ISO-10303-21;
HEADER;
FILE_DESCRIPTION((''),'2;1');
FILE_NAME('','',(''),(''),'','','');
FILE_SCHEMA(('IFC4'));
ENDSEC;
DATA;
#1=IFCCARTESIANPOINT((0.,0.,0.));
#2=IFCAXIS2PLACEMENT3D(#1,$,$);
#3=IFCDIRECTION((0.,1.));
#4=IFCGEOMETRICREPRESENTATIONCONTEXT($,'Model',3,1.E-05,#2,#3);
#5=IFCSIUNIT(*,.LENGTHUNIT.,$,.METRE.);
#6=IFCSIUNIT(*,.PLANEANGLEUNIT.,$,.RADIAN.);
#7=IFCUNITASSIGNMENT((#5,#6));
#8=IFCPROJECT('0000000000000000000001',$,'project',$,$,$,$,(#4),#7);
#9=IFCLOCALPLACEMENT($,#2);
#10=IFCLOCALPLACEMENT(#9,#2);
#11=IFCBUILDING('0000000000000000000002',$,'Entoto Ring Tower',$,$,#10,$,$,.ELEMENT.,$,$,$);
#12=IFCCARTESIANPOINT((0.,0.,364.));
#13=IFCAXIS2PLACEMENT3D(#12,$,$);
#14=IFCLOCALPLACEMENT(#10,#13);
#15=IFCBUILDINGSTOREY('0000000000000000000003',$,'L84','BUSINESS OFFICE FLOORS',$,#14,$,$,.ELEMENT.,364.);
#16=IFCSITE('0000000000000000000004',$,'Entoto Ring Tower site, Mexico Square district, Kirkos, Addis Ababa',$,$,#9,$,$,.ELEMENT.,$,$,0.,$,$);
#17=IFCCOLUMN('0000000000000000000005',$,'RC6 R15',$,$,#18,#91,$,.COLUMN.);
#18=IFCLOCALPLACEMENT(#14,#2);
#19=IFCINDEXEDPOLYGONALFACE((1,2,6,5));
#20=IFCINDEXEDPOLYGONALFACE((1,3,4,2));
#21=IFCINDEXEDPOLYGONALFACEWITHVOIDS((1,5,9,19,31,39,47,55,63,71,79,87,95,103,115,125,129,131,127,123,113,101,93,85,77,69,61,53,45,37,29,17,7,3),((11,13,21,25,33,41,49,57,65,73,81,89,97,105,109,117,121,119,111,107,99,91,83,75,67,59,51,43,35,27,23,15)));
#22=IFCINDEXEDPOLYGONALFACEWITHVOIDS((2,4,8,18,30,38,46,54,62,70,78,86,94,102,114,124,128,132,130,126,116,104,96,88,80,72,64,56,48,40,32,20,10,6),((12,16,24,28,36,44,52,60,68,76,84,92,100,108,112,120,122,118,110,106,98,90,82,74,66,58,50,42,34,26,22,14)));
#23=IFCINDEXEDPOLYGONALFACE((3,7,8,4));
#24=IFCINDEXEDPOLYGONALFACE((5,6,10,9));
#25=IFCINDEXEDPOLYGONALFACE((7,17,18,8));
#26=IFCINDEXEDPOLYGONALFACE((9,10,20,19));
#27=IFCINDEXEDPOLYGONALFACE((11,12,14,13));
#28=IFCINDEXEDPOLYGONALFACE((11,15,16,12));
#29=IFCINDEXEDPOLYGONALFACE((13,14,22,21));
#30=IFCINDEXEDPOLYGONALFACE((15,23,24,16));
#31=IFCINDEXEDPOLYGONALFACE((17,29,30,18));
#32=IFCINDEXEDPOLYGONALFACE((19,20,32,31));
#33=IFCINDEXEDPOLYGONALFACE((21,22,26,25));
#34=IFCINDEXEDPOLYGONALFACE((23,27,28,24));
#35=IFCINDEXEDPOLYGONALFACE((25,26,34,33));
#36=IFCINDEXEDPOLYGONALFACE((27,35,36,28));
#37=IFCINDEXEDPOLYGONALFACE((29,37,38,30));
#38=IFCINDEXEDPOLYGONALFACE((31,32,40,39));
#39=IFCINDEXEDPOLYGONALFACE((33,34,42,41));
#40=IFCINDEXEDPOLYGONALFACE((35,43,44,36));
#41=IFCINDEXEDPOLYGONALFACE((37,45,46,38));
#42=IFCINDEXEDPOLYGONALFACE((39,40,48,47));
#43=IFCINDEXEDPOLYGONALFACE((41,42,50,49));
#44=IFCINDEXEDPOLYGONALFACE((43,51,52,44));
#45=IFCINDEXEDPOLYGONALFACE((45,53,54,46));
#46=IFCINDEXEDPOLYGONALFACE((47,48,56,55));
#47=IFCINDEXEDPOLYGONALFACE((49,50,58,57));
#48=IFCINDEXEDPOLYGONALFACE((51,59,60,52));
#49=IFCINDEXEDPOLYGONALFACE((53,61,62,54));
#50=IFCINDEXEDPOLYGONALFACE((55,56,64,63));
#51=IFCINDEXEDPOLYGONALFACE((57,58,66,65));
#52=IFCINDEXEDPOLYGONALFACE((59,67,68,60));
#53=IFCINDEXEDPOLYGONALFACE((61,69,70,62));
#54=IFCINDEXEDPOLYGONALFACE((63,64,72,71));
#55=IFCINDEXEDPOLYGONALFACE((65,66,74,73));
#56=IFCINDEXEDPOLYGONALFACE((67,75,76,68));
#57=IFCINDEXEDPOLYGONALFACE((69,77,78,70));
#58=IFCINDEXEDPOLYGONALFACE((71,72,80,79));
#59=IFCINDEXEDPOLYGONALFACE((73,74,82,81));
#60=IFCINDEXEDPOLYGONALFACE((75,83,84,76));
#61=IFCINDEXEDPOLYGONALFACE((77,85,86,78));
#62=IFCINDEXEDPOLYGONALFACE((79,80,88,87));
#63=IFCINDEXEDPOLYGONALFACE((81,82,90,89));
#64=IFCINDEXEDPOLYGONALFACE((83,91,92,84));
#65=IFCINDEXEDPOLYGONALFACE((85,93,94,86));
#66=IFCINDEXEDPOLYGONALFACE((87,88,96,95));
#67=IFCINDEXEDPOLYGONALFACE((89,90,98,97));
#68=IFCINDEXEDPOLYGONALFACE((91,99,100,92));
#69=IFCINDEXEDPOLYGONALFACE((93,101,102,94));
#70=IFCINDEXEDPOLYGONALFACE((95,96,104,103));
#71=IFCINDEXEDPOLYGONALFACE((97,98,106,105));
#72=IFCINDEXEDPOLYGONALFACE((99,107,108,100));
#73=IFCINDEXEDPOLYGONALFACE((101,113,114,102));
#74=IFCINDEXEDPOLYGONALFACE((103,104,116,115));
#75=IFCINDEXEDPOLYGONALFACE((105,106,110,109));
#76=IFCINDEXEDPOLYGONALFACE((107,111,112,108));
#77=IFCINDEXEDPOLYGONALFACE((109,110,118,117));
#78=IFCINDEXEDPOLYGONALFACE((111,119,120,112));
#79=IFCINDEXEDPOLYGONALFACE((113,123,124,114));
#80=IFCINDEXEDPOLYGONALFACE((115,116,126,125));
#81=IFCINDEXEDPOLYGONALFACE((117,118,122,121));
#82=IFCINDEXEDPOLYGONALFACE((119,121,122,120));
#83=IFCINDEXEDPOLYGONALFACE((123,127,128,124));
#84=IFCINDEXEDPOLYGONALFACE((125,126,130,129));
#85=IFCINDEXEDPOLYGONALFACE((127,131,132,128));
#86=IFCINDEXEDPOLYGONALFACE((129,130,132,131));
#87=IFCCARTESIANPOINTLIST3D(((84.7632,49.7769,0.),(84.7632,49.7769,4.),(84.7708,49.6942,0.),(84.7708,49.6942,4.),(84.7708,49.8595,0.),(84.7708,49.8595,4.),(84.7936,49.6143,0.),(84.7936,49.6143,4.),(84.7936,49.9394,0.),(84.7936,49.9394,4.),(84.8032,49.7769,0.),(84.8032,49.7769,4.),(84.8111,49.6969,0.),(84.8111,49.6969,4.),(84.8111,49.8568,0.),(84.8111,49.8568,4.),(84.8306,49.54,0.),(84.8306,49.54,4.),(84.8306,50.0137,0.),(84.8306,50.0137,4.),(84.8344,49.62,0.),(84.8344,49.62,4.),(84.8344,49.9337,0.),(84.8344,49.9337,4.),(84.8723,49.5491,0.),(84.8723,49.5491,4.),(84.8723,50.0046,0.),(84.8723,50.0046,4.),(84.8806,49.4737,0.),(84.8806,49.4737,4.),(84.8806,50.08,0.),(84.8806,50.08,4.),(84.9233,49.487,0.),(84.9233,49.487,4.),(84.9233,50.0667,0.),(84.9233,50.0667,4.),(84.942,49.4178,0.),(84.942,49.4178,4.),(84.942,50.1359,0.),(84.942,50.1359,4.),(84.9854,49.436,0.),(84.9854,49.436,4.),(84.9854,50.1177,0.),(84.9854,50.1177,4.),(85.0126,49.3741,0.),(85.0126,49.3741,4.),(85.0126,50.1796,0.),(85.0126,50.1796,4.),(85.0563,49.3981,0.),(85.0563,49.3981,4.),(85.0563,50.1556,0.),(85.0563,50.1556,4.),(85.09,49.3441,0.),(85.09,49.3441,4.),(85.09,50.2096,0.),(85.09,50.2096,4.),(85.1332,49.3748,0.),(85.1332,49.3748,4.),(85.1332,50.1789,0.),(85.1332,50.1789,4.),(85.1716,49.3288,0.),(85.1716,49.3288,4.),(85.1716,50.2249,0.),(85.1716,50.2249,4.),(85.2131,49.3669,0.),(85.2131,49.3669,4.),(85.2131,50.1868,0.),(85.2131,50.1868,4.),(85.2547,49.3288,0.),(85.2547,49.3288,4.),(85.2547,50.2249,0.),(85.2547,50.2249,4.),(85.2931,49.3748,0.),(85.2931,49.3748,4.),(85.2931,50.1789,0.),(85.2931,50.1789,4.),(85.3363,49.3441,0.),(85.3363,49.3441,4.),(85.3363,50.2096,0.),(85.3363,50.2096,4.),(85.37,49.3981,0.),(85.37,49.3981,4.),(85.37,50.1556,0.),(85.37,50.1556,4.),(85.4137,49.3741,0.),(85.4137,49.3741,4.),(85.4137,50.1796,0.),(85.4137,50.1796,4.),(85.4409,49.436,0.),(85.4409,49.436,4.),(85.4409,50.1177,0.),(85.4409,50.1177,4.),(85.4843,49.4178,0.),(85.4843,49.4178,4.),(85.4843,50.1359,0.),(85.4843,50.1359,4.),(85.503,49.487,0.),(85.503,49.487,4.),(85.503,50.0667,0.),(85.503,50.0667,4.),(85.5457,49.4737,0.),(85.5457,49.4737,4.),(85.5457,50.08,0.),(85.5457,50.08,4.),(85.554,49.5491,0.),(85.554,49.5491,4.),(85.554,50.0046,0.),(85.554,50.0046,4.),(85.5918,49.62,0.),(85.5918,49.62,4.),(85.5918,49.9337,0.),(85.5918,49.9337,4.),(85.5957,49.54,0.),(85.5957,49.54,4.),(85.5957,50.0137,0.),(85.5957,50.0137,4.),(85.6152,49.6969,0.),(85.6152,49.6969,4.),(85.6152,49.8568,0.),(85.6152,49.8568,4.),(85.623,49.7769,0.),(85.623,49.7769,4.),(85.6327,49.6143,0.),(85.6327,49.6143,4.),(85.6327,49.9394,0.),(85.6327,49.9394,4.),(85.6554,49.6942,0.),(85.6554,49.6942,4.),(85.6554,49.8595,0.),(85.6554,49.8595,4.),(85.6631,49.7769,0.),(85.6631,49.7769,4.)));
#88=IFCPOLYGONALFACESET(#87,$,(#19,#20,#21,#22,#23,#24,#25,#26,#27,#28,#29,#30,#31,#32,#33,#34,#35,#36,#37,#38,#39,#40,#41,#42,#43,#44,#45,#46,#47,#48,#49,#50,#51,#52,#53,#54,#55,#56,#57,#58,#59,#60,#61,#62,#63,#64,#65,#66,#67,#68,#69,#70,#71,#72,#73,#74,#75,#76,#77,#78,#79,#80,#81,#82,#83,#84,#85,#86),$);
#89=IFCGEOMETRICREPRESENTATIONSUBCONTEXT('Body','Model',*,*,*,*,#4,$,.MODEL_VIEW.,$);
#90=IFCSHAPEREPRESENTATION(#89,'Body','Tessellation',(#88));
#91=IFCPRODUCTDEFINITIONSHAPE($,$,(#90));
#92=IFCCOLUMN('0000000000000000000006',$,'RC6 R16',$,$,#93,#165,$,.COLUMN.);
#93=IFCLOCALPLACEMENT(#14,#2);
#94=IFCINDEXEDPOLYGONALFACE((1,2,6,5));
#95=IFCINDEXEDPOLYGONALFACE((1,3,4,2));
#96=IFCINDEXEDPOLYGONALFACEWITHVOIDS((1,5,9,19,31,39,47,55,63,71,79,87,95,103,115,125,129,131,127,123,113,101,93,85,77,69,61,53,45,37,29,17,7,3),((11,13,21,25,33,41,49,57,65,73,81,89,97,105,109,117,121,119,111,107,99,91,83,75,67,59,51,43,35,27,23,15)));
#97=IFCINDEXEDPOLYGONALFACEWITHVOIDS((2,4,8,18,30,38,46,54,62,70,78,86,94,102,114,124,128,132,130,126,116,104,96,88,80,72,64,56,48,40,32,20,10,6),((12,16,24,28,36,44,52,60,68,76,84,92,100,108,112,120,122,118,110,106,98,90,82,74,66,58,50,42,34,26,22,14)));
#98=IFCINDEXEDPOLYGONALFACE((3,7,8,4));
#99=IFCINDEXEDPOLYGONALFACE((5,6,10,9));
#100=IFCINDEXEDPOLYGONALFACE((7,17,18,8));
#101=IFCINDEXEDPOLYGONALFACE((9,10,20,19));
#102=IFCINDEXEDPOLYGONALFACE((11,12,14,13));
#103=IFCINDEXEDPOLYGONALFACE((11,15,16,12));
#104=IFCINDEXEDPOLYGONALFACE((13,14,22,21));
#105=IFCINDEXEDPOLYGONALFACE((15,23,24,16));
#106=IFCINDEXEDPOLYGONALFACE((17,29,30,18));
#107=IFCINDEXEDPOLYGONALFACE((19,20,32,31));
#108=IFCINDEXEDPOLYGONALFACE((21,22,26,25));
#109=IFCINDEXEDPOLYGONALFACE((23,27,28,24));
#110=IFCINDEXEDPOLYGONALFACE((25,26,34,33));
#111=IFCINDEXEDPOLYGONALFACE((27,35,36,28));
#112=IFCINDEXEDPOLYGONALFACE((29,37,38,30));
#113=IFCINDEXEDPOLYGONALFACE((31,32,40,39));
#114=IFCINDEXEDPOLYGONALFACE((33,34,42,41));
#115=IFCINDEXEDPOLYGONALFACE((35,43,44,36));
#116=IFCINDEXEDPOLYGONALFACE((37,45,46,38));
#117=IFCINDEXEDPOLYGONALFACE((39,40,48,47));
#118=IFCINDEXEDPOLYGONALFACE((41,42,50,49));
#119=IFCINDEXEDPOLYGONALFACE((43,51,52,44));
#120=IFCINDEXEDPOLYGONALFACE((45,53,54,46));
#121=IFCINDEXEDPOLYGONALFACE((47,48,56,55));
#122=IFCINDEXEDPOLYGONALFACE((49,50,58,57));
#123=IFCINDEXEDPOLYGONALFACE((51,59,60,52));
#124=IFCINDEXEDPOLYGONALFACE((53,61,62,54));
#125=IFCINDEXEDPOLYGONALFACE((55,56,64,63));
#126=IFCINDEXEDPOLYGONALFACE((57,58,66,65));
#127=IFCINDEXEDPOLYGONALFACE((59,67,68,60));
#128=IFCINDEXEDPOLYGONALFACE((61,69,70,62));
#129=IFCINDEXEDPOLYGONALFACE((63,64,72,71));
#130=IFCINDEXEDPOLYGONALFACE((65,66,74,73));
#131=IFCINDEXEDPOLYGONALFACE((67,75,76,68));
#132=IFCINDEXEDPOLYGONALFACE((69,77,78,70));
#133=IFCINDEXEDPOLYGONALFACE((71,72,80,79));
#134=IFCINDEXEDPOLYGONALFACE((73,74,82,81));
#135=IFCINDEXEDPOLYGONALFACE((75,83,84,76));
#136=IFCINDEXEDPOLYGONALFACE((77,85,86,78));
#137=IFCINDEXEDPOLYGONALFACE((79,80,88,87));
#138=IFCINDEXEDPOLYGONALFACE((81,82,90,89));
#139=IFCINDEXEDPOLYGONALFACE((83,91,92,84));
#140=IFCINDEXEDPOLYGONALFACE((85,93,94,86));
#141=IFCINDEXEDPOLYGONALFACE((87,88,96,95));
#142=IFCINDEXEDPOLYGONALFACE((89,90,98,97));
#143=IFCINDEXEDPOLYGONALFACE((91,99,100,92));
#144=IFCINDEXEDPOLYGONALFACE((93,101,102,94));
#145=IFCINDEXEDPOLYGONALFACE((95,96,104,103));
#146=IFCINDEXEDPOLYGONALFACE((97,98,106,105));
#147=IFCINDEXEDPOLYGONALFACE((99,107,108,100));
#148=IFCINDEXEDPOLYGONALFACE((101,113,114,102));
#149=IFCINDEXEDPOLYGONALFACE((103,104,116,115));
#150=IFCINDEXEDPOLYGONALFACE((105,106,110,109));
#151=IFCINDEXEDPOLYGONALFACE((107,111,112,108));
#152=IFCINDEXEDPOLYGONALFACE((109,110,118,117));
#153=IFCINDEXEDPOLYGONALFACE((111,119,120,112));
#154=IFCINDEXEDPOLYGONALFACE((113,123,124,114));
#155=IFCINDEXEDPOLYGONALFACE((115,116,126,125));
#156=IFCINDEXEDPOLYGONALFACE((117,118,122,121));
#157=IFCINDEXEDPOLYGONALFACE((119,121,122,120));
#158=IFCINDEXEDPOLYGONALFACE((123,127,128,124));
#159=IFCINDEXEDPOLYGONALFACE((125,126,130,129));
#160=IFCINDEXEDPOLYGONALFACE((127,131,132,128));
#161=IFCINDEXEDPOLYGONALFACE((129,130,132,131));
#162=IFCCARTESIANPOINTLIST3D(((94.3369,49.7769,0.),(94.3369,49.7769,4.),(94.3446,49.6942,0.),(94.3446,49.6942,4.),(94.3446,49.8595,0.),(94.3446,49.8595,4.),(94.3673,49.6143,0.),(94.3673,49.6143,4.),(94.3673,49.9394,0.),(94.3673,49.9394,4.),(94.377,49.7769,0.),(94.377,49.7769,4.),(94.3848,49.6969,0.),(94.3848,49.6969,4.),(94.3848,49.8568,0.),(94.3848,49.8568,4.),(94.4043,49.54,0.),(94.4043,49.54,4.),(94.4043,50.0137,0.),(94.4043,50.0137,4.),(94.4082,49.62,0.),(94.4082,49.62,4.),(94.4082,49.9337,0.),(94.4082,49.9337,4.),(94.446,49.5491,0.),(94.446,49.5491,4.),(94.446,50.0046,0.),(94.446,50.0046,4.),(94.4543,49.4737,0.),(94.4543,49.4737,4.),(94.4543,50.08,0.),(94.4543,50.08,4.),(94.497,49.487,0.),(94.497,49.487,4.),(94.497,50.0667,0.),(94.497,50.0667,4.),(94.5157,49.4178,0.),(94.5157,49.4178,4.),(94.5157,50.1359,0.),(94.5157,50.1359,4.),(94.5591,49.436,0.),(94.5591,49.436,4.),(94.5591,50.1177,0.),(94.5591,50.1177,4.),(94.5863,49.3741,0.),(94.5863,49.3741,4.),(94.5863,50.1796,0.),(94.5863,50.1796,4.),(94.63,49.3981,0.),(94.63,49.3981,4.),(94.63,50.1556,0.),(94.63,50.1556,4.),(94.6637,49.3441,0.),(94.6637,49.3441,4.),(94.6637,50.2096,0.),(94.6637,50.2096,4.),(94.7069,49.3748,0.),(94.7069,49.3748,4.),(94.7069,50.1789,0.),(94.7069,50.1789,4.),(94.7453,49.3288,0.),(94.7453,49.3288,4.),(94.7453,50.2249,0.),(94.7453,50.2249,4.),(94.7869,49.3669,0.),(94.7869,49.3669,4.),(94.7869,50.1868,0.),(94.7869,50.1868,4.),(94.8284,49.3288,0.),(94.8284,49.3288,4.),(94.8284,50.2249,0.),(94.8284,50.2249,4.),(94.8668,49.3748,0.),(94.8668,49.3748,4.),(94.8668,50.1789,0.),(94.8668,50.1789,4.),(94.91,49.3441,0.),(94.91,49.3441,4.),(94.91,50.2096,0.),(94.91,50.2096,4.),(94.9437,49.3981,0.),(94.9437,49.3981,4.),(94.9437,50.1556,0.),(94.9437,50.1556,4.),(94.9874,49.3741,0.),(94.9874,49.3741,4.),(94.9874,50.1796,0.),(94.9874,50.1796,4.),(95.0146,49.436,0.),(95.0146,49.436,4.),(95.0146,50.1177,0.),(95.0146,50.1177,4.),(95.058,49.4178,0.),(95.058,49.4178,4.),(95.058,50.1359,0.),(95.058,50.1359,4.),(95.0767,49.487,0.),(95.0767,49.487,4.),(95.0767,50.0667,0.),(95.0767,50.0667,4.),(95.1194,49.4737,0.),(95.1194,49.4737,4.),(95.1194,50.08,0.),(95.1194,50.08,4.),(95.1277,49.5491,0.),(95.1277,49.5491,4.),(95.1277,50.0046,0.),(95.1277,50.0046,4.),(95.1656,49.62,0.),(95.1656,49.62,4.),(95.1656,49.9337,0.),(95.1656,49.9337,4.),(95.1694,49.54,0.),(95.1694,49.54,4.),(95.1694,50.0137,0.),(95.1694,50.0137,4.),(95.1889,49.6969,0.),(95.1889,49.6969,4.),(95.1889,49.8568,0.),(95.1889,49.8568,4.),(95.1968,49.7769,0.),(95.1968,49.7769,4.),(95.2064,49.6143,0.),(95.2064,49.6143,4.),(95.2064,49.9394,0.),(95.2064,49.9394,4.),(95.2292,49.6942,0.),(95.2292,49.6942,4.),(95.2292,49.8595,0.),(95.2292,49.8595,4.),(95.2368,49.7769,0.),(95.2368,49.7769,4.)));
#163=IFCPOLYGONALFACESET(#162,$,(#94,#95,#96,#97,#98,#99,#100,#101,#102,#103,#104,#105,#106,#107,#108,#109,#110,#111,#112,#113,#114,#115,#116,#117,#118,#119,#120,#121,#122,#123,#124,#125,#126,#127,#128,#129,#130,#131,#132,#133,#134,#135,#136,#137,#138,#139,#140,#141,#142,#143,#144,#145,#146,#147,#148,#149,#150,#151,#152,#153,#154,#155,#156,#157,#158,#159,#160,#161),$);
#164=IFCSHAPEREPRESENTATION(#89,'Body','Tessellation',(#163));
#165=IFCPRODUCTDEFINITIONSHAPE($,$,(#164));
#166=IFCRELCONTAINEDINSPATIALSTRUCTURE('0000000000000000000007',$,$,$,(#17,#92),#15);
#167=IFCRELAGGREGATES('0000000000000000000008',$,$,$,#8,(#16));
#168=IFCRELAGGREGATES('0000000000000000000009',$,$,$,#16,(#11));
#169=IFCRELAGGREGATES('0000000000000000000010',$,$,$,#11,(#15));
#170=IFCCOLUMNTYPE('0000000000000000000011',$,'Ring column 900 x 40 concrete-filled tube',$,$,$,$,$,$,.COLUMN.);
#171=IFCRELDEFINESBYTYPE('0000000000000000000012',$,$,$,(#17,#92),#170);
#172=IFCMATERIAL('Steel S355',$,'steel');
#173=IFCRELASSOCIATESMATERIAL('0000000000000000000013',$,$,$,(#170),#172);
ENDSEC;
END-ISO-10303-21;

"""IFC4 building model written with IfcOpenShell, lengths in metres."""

from ifc_helpers import new_model, si_unit, direction, frame, origin, origin_2d, place, context, subcontext, project, spatial, circle, hollow_circle, extrude, material, material_profile, profile_set, type_object, element, save


model = new_model("IFC4")

# Units and contexts
model_context = context("Model", 3, precision=1e-05, world=origin(), true_north=direction((0.0, 1.0)))
body_context = subcontext(model_context, "Body", "Model", "MODEL_VIEW")
ifc_project = project(units=[si_unit("LENGTHUNIT", "METRE"), si_unit("PLANEANGLEUNIT", "RADIAN")], contexts=[model_context])

# Site, building, storey
site_placement = place(None, origin())
site = spatial("IfcSite", under=ifc_project, at=site_placement, Name="Entoto Ring Tower site, Mexico Square district, Kirkos, Addis Ababa", CompositionType="ELEMENT", RefElevation=0.0)
building_placement = place(site_placement, origin())
building = spatial("IfcBuilding", under=site, at=building_placement, Name="Entoto Ring Tower", CompositionType="ELEMENT")
storey_placement = place(building_placement, frame((0.0, 0.0, 364.0)))
storey = spatial("IfcBuildingStorey", under=building, at=storey_placement, Name="L84", Description="BUSINESS OFFICE FLOORS", CompositionType="ELEMENT", Elevation=364.0)

# Columns
ifc_material_1 = material(Name="Steel S355", Category="steel")
ifc_material_profile_1 = material_profile(ifc_material_1, hollow_circle(Radius=0.45, WallThickness=0.04, at=origin_2d()), Name="CHS 900 x 40")
ifc_material_2 = material(Name="Concrete C60/75", Category="concrete")
ifc_material_profile_2 = material_profile(ifc_material_2, circle(Radius=0.4099, at=origin_2d()), Name="Concrete C60/75 infill")
ifc_profile_set_1 = profile_set([ifc_material_profile_1, ifc_material_profile_2], Name="Steel S355")
column_type = type_object("IfcColumnType", Name="Ring column 900 x 40 concrete-filled tube", PredefinedType="COLUMN", material=ifc_profile_set_1)
for number, where, z_axis, x_axis, name in (
    (1, (85.2131, 49.7769, 0.0), (0.0, 0.0, 1.0), (1.0, 0.0, 0.0), "RC6 R15"),
    (2, (94.7869, 49.7769, 0.0), (0.0, 0.0, 1.0), (1.0, 0.0, 0.0), "RC6 R16"),
):
    element("IfcColumn", number, at=place(storey_placement, frame(where, z_axis=z_axis, x_axis=x_axis)), inside=storey, type_object=column_type, Name=name, PredefinedType="COLUMN", context=body_context, shape_type="SweptSolid", body=[
        extrude(hollow_circle(Radius=0.45, WallThickness=0.04, at=origin_2d()), origin(), (0.0, 0.0, 1.0), 4.0),
    ])

save(model, "model.ifc")
